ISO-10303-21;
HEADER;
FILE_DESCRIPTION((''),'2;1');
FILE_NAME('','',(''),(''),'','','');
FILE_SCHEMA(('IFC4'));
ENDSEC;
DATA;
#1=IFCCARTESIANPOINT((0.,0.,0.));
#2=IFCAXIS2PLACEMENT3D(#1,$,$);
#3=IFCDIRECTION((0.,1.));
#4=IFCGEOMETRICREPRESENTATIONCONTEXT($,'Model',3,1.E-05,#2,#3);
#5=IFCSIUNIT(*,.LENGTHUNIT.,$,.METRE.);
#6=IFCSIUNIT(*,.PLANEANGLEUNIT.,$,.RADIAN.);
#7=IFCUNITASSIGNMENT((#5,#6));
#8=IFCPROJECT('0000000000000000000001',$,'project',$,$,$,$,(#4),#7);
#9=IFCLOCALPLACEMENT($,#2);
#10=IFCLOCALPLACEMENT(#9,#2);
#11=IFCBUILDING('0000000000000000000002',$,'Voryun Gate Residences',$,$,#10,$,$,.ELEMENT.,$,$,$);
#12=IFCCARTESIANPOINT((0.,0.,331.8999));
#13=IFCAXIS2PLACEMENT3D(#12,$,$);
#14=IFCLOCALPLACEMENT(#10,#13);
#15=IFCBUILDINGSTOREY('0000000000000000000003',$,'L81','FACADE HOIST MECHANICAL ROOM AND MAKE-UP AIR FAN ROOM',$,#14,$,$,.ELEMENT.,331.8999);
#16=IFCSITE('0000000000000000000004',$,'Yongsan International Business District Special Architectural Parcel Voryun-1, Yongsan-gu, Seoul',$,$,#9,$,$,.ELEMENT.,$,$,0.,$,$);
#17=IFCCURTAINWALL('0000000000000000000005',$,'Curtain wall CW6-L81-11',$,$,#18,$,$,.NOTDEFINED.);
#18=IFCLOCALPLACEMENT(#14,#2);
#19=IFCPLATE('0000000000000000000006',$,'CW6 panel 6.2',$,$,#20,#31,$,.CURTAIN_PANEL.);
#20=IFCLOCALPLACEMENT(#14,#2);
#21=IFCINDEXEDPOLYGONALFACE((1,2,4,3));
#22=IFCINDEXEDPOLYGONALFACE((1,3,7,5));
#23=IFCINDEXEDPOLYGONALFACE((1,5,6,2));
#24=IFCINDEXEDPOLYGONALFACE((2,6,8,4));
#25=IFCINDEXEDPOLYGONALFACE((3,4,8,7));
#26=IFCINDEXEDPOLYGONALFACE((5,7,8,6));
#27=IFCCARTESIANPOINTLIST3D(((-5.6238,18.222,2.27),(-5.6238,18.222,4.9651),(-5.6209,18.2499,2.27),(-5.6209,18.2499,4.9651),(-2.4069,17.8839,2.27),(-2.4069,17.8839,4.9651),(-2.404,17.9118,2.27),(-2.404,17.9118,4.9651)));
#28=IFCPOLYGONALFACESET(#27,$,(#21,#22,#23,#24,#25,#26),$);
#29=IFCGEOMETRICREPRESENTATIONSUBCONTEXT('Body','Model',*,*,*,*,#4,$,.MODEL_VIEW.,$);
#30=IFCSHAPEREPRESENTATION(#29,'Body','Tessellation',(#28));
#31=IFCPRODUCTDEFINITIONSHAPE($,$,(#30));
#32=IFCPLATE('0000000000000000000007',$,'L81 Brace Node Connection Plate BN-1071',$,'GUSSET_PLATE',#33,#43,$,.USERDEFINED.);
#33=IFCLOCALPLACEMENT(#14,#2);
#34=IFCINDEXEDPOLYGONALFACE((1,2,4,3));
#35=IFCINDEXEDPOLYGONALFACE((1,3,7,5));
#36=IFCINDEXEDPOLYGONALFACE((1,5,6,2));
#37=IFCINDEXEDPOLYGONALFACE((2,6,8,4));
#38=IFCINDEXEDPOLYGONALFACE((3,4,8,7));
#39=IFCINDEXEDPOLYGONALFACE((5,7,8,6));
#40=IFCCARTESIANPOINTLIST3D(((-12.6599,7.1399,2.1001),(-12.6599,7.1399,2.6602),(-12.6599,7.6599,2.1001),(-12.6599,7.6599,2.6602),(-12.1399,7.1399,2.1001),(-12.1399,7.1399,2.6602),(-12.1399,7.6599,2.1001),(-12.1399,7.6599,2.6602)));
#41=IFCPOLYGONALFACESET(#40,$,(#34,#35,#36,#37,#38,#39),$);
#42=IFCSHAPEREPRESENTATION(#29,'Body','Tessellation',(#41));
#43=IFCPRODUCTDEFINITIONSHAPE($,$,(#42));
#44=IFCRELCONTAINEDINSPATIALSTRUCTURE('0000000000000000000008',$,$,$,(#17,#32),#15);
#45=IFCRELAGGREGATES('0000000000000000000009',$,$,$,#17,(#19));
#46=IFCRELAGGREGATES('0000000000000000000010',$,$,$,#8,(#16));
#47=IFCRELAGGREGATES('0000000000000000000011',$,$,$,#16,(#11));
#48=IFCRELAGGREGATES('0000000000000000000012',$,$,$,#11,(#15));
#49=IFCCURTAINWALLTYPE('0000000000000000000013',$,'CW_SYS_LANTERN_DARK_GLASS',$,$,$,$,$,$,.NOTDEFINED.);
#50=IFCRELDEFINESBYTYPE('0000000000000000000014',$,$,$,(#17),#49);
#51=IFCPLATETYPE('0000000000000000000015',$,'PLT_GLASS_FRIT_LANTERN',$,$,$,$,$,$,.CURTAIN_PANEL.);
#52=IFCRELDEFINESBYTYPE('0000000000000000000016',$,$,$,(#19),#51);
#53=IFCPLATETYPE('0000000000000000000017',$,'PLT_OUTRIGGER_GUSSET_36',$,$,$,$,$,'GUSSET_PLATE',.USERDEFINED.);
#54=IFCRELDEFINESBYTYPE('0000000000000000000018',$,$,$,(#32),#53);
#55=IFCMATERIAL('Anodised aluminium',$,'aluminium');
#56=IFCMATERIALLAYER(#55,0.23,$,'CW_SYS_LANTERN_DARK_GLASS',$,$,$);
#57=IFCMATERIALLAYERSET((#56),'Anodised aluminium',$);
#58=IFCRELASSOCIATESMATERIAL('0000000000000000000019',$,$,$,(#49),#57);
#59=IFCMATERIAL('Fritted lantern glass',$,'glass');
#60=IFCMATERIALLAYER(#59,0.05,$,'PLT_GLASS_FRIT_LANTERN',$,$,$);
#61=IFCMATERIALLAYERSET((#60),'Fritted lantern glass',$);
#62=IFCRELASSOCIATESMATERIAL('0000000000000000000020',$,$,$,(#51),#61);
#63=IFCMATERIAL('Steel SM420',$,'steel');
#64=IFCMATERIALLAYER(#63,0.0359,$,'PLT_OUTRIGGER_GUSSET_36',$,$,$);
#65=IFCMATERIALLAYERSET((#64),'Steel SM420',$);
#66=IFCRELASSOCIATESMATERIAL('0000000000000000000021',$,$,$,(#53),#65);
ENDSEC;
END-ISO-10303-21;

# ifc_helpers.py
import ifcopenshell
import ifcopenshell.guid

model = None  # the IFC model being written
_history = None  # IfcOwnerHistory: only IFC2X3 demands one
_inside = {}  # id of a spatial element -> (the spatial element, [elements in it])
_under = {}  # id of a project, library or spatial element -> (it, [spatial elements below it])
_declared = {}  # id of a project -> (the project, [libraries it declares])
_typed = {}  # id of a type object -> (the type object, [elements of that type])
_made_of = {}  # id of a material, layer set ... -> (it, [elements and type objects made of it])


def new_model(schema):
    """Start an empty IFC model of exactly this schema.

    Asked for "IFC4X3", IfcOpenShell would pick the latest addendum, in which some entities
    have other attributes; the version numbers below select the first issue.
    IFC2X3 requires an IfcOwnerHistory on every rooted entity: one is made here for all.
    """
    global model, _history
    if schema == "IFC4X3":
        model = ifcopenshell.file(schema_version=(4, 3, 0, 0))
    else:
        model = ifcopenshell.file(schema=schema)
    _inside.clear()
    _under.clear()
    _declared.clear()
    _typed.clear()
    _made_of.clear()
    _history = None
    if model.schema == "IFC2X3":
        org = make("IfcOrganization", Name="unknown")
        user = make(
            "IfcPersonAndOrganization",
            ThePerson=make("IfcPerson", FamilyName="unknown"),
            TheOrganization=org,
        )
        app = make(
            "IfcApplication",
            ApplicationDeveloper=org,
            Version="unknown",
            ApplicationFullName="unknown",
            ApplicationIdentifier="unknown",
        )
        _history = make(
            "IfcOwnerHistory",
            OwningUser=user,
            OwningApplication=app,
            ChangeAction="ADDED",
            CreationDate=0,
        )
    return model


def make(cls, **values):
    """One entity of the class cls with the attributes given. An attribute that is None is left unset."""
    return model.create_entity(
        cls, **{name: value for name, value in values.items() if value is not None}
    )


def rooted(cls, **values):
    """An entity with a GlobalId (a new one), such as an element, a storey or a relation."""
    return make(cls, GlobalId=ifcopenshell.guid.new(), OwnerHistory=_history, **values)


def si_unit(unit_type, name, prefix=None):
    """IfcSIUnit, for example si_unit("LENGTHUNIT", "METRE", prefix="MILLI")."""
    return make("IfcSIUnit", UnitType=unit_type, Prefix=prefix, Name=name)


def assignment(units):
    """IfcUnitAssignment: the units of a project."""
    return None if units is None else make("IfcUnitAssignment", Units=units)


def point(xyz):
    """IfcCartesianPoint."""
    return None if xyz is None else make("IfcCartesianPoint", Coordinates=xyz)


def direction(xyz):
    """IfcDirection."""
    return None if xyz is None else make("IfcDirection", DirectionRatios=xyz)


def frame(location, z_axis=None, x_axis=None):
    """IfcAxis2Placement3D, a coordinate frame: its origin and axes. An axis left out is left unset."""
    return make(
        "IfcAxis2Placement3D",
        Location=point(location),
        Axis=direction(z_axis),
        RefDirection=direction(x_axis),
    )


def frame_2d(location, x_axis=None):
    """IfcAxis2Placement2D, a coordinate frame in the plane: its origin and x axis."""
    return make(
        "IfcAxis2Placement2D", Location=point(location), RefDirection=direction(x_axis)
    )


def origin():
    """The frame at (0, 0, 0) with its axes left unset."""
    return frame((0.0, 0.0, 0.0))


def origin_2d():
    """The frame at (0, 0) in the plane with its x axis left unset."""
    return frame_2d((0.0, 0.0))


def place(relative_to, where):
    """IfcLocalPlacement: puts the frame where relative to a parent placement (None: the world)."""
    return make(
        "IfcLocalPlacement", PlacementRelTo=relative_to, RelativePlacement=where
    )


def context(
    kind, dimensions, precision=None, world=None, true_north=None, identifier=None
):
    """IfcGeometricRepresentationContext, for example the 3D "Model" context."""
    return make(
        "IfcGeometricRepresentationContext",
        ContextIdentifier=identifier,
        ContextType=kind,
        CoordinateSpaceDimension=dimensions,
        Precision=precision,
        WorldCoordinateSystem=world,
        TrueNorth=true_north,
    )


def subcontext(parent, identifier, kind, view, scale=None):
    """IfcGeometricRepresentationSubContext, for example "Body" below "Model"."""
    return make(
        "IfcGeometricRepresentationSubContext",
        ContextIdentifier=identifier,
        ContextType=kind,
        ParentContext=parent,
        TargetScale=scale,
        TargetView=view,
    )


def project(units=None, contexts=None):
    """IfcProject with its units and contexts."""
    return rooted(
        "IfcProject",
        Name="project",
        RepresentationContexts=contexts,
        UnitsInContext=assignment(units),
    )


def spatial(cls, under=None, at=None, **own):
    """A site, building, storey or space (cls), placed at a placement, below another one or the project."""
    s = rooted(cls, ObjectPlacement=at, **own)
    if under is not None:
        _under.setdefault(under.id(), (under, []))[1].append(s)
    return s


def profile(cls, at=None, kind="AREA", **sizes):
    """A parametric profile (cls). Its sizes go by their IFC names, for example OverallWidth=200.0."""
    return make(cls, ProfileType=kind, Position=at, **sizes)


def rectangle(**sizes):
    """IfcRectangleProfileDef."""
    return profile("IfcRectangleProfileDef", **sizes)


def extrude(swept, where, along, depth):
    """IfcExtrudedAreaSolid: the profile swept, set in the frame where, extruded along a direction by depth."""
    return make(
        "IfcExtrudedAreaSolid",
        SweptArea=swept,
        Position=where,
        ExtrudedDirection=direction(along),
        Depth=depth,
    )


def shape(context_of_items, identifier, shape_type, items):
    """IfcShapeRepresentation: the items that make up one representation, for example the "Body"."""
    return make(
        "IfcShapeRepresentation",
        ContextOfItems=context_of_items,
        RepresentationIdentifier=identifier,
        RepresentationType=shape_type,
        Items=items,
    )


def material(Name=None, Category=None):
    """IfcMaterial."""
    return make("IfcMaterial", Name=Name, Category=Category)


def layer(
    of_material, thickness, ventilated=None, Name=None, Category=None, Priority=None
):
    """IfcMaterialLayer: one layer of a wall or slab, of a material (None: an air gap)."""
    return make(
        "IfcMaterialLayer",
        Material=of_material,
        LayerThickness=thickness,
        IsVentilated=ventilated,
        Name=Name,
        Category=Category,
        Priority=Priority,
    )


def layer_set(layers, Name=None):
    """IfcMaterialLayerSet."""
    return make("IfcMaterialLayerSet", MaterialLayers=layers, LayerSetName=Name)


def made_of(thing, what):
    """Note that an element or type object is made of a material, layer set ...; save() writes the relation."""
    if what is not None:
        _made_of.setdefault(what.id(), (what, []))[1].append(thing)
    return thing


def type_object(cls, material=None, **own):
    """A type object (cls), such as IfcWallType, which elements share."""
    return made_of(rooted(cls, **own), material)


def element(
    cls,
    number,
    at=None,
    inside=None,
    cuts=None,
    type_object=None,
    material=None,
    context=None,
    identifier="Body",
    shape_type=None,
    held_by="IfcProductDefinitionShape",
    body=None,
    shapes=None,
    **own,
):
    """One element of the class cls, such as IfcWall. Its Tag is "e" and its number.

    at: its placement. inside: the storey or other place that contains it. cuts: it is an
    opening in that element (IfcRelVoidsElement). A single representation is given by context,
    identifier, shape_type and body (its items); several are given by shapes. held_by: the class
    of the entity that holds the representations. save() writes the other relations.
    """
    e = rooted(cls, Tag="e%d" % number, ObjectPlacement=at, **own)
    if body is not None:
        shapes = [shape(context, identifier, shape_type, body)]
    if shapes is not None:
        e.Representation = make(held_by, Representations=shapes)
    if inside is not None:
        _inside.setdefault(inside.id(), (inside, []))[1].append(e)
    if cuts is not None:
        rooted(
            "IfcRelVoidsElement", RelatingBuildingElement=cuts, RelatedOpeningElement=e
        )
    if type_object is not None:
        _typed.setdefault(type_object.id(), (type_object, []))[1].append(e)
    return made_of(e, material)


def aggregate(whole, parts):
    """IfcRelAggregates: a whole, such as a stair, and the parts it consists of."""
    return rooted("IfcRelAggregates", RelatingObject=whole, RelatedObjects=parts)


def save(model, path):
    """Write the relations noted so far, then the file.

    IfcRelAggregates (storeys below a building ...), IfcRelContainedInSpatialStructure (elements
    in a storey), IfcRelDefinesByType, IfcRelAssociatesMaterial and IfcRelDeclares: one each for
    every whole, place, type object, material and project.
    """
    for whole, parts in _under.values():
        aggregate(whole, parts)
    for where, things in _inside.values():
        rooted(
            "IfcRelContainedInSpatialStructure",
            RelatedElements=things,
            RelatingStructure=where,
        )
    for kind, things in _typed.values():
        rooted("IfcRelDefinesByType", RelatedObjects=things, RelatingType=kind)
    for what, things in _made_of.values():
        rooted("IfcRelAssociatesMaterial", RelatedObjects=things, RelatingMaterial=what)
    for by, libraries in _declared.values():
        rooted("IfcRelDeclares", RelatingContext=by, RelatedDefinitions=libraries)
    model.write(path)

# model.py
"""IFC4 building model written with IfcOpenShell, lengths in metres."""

from ifc_helpers import new_model, si_unit, direction, frame, origin, origin_2d, place, context, subcontext, project, spatial, rectangle, extrude, material, layer, layer_set, type_object, element, aggregate, save


model = new_model("IFC4")

# Units and contexts
model_context = context("Model", 3, precision=1e-05, world=origin(), true_north=direction((0.0, 1.0)))
body_context = subcontext(model_context, "Body", "Model", "MODEL_VIEW")
ifc_project = project(units=[si_unit("LENGTHUNIT", "METRE"), si_unit("PLANEANGLEUNIT", "RADIAN")], contexts=[model_context])

# Site, building, storey
site_placement = place(None, origin())
site = spatial("IfcSite", under=ifc_project, at=site_placement, Name="Yongsan International Business District Special Architectural Parcel Voryun-1, Yongsan-gu, Seoul", CompositionType="ELEMENT", RefElevation=0.0)
building_placement = place(site_placement, origin())
building = spatial("IfcBuilding", under=site, at=building_placement, Name="Voryun Gate Residences", CompositionType="ELEMENT")
storey_placement = place(building_placement, frame((0.0, 0.0, 331.8999)))
storey = spatial("IfcBuildingStorey", under=building, at=storey_placement, Name="L81", Description="FACADE HOIST MECHANICAL ROOM AND MAKE-UP AIR FAN ROOM", CompositionType="ELEMENT", Elevation=331.8999)

# Curtain wall, plate
ifc_material_1 = material(Name="Anodised aluminium", Category="aluminium")
ifc_layer_1 = layer(ifc_material_1, 0.23, Name="CW_SYS_LANTERN_DARK_GLASS")
ifc_layer_set_1 = layer_set([ifc_layer_1], Name="Anodised aluminium")
curtain_wall_type = type_object("IfcCurtainWallType", Name="CW_SYS_LANTERN_DARK_GLASS", PredefinedType="NOTDEFINED", material=ifc_layer_set_1)
curtain_wall_placement = place(storey_placement, origin())
curtain_wall = element("IfcCurtainWall", 1, at=curtain_wall_placement, inside=storey, type_object=curtain_wall_type, Name="Curtain wall CW6-L81-11", PredefinedType="NOTDEFINED")
ifc_material_2 = material(Name="Fritted lantern glass", Category="glass")
ifc_layer_2 = layer(ifc_material_2, 0.05, Name="PLT_GLASS_FRIT_LANTERN")
ifc_layer_set_2 = layer_set([ifc_layer_2], Name="Fritted lantern glass")
plate_type_1 = type_object("IfcPlateType", Name="PLT_GLASS_FRIT_LANTERN", PredefinedType="CURTAIN_PANEL", material=ifc_layer_set_2)
plate_1_placement = place(storey_placement, frame((-4.0139, 18.0669, 2.27), z_axis=(0.0, 0.0, 1.0), x_axis=(0.994522, -0.104528, 0.0)))
plate_1 = element("IfcPlate", 2, at=plate_1_placement, type_object=plate_type_1, Name="CW6 panel 6.2", PredefinedType="CURTAIN_PANEL", context=body_context, shape_type="SweptSolid", body=[
    extrude(rectangle(XDim=3.2346, YDim=0.0281, at=origin_2d()), origin(), (0.0, 0.0, 1.0), 2.6951),
])
aggregate(curtain_wall, [plate_1])

# Plate
ifc_material_3 = material(Name="Steel SM420", Category="steel")
ifc_layer_3 = layer(ifc_material_3, 0.0359, Name="PLT_OUTRIGGER_GUSSET_36")
ifc_layer_set_3 = layer_set([ifc_layer_3], Name="Steel SM420")
plate_type_2 = type_object("IfcPlateType", Name="PLT_OUTRIGGER_GUSSET_36", ElementType="GUSSET_PLATE", PredefinedType="USERDEFINED", material=ifc_layer_set_3)
plate_2_placement = place(storey_placement, frame((-12.3999, 7.3999, 2.1001), z_axis=(0.0, 0.0, 1.0), x_axis=(1.0, 0.0, 0.0)))
element("IfcPlate", 3, at=plate_2_placement, inside=storey, type_object=plate_type_2, Name="L81 Brace Node Connection Plate BN-1071", ObjectType="GUSSET_PLATE", PredefinedType="USERDEFINED", context=body_context, shape_type="SweptSolid", body=[
    extrude(rectangle(XDim=0.52, YDim=0.52, at=origin_2d()), origin(), (0.0, 0.0, 1.0), 0.5601),
])

save(model, "model.ifc")
